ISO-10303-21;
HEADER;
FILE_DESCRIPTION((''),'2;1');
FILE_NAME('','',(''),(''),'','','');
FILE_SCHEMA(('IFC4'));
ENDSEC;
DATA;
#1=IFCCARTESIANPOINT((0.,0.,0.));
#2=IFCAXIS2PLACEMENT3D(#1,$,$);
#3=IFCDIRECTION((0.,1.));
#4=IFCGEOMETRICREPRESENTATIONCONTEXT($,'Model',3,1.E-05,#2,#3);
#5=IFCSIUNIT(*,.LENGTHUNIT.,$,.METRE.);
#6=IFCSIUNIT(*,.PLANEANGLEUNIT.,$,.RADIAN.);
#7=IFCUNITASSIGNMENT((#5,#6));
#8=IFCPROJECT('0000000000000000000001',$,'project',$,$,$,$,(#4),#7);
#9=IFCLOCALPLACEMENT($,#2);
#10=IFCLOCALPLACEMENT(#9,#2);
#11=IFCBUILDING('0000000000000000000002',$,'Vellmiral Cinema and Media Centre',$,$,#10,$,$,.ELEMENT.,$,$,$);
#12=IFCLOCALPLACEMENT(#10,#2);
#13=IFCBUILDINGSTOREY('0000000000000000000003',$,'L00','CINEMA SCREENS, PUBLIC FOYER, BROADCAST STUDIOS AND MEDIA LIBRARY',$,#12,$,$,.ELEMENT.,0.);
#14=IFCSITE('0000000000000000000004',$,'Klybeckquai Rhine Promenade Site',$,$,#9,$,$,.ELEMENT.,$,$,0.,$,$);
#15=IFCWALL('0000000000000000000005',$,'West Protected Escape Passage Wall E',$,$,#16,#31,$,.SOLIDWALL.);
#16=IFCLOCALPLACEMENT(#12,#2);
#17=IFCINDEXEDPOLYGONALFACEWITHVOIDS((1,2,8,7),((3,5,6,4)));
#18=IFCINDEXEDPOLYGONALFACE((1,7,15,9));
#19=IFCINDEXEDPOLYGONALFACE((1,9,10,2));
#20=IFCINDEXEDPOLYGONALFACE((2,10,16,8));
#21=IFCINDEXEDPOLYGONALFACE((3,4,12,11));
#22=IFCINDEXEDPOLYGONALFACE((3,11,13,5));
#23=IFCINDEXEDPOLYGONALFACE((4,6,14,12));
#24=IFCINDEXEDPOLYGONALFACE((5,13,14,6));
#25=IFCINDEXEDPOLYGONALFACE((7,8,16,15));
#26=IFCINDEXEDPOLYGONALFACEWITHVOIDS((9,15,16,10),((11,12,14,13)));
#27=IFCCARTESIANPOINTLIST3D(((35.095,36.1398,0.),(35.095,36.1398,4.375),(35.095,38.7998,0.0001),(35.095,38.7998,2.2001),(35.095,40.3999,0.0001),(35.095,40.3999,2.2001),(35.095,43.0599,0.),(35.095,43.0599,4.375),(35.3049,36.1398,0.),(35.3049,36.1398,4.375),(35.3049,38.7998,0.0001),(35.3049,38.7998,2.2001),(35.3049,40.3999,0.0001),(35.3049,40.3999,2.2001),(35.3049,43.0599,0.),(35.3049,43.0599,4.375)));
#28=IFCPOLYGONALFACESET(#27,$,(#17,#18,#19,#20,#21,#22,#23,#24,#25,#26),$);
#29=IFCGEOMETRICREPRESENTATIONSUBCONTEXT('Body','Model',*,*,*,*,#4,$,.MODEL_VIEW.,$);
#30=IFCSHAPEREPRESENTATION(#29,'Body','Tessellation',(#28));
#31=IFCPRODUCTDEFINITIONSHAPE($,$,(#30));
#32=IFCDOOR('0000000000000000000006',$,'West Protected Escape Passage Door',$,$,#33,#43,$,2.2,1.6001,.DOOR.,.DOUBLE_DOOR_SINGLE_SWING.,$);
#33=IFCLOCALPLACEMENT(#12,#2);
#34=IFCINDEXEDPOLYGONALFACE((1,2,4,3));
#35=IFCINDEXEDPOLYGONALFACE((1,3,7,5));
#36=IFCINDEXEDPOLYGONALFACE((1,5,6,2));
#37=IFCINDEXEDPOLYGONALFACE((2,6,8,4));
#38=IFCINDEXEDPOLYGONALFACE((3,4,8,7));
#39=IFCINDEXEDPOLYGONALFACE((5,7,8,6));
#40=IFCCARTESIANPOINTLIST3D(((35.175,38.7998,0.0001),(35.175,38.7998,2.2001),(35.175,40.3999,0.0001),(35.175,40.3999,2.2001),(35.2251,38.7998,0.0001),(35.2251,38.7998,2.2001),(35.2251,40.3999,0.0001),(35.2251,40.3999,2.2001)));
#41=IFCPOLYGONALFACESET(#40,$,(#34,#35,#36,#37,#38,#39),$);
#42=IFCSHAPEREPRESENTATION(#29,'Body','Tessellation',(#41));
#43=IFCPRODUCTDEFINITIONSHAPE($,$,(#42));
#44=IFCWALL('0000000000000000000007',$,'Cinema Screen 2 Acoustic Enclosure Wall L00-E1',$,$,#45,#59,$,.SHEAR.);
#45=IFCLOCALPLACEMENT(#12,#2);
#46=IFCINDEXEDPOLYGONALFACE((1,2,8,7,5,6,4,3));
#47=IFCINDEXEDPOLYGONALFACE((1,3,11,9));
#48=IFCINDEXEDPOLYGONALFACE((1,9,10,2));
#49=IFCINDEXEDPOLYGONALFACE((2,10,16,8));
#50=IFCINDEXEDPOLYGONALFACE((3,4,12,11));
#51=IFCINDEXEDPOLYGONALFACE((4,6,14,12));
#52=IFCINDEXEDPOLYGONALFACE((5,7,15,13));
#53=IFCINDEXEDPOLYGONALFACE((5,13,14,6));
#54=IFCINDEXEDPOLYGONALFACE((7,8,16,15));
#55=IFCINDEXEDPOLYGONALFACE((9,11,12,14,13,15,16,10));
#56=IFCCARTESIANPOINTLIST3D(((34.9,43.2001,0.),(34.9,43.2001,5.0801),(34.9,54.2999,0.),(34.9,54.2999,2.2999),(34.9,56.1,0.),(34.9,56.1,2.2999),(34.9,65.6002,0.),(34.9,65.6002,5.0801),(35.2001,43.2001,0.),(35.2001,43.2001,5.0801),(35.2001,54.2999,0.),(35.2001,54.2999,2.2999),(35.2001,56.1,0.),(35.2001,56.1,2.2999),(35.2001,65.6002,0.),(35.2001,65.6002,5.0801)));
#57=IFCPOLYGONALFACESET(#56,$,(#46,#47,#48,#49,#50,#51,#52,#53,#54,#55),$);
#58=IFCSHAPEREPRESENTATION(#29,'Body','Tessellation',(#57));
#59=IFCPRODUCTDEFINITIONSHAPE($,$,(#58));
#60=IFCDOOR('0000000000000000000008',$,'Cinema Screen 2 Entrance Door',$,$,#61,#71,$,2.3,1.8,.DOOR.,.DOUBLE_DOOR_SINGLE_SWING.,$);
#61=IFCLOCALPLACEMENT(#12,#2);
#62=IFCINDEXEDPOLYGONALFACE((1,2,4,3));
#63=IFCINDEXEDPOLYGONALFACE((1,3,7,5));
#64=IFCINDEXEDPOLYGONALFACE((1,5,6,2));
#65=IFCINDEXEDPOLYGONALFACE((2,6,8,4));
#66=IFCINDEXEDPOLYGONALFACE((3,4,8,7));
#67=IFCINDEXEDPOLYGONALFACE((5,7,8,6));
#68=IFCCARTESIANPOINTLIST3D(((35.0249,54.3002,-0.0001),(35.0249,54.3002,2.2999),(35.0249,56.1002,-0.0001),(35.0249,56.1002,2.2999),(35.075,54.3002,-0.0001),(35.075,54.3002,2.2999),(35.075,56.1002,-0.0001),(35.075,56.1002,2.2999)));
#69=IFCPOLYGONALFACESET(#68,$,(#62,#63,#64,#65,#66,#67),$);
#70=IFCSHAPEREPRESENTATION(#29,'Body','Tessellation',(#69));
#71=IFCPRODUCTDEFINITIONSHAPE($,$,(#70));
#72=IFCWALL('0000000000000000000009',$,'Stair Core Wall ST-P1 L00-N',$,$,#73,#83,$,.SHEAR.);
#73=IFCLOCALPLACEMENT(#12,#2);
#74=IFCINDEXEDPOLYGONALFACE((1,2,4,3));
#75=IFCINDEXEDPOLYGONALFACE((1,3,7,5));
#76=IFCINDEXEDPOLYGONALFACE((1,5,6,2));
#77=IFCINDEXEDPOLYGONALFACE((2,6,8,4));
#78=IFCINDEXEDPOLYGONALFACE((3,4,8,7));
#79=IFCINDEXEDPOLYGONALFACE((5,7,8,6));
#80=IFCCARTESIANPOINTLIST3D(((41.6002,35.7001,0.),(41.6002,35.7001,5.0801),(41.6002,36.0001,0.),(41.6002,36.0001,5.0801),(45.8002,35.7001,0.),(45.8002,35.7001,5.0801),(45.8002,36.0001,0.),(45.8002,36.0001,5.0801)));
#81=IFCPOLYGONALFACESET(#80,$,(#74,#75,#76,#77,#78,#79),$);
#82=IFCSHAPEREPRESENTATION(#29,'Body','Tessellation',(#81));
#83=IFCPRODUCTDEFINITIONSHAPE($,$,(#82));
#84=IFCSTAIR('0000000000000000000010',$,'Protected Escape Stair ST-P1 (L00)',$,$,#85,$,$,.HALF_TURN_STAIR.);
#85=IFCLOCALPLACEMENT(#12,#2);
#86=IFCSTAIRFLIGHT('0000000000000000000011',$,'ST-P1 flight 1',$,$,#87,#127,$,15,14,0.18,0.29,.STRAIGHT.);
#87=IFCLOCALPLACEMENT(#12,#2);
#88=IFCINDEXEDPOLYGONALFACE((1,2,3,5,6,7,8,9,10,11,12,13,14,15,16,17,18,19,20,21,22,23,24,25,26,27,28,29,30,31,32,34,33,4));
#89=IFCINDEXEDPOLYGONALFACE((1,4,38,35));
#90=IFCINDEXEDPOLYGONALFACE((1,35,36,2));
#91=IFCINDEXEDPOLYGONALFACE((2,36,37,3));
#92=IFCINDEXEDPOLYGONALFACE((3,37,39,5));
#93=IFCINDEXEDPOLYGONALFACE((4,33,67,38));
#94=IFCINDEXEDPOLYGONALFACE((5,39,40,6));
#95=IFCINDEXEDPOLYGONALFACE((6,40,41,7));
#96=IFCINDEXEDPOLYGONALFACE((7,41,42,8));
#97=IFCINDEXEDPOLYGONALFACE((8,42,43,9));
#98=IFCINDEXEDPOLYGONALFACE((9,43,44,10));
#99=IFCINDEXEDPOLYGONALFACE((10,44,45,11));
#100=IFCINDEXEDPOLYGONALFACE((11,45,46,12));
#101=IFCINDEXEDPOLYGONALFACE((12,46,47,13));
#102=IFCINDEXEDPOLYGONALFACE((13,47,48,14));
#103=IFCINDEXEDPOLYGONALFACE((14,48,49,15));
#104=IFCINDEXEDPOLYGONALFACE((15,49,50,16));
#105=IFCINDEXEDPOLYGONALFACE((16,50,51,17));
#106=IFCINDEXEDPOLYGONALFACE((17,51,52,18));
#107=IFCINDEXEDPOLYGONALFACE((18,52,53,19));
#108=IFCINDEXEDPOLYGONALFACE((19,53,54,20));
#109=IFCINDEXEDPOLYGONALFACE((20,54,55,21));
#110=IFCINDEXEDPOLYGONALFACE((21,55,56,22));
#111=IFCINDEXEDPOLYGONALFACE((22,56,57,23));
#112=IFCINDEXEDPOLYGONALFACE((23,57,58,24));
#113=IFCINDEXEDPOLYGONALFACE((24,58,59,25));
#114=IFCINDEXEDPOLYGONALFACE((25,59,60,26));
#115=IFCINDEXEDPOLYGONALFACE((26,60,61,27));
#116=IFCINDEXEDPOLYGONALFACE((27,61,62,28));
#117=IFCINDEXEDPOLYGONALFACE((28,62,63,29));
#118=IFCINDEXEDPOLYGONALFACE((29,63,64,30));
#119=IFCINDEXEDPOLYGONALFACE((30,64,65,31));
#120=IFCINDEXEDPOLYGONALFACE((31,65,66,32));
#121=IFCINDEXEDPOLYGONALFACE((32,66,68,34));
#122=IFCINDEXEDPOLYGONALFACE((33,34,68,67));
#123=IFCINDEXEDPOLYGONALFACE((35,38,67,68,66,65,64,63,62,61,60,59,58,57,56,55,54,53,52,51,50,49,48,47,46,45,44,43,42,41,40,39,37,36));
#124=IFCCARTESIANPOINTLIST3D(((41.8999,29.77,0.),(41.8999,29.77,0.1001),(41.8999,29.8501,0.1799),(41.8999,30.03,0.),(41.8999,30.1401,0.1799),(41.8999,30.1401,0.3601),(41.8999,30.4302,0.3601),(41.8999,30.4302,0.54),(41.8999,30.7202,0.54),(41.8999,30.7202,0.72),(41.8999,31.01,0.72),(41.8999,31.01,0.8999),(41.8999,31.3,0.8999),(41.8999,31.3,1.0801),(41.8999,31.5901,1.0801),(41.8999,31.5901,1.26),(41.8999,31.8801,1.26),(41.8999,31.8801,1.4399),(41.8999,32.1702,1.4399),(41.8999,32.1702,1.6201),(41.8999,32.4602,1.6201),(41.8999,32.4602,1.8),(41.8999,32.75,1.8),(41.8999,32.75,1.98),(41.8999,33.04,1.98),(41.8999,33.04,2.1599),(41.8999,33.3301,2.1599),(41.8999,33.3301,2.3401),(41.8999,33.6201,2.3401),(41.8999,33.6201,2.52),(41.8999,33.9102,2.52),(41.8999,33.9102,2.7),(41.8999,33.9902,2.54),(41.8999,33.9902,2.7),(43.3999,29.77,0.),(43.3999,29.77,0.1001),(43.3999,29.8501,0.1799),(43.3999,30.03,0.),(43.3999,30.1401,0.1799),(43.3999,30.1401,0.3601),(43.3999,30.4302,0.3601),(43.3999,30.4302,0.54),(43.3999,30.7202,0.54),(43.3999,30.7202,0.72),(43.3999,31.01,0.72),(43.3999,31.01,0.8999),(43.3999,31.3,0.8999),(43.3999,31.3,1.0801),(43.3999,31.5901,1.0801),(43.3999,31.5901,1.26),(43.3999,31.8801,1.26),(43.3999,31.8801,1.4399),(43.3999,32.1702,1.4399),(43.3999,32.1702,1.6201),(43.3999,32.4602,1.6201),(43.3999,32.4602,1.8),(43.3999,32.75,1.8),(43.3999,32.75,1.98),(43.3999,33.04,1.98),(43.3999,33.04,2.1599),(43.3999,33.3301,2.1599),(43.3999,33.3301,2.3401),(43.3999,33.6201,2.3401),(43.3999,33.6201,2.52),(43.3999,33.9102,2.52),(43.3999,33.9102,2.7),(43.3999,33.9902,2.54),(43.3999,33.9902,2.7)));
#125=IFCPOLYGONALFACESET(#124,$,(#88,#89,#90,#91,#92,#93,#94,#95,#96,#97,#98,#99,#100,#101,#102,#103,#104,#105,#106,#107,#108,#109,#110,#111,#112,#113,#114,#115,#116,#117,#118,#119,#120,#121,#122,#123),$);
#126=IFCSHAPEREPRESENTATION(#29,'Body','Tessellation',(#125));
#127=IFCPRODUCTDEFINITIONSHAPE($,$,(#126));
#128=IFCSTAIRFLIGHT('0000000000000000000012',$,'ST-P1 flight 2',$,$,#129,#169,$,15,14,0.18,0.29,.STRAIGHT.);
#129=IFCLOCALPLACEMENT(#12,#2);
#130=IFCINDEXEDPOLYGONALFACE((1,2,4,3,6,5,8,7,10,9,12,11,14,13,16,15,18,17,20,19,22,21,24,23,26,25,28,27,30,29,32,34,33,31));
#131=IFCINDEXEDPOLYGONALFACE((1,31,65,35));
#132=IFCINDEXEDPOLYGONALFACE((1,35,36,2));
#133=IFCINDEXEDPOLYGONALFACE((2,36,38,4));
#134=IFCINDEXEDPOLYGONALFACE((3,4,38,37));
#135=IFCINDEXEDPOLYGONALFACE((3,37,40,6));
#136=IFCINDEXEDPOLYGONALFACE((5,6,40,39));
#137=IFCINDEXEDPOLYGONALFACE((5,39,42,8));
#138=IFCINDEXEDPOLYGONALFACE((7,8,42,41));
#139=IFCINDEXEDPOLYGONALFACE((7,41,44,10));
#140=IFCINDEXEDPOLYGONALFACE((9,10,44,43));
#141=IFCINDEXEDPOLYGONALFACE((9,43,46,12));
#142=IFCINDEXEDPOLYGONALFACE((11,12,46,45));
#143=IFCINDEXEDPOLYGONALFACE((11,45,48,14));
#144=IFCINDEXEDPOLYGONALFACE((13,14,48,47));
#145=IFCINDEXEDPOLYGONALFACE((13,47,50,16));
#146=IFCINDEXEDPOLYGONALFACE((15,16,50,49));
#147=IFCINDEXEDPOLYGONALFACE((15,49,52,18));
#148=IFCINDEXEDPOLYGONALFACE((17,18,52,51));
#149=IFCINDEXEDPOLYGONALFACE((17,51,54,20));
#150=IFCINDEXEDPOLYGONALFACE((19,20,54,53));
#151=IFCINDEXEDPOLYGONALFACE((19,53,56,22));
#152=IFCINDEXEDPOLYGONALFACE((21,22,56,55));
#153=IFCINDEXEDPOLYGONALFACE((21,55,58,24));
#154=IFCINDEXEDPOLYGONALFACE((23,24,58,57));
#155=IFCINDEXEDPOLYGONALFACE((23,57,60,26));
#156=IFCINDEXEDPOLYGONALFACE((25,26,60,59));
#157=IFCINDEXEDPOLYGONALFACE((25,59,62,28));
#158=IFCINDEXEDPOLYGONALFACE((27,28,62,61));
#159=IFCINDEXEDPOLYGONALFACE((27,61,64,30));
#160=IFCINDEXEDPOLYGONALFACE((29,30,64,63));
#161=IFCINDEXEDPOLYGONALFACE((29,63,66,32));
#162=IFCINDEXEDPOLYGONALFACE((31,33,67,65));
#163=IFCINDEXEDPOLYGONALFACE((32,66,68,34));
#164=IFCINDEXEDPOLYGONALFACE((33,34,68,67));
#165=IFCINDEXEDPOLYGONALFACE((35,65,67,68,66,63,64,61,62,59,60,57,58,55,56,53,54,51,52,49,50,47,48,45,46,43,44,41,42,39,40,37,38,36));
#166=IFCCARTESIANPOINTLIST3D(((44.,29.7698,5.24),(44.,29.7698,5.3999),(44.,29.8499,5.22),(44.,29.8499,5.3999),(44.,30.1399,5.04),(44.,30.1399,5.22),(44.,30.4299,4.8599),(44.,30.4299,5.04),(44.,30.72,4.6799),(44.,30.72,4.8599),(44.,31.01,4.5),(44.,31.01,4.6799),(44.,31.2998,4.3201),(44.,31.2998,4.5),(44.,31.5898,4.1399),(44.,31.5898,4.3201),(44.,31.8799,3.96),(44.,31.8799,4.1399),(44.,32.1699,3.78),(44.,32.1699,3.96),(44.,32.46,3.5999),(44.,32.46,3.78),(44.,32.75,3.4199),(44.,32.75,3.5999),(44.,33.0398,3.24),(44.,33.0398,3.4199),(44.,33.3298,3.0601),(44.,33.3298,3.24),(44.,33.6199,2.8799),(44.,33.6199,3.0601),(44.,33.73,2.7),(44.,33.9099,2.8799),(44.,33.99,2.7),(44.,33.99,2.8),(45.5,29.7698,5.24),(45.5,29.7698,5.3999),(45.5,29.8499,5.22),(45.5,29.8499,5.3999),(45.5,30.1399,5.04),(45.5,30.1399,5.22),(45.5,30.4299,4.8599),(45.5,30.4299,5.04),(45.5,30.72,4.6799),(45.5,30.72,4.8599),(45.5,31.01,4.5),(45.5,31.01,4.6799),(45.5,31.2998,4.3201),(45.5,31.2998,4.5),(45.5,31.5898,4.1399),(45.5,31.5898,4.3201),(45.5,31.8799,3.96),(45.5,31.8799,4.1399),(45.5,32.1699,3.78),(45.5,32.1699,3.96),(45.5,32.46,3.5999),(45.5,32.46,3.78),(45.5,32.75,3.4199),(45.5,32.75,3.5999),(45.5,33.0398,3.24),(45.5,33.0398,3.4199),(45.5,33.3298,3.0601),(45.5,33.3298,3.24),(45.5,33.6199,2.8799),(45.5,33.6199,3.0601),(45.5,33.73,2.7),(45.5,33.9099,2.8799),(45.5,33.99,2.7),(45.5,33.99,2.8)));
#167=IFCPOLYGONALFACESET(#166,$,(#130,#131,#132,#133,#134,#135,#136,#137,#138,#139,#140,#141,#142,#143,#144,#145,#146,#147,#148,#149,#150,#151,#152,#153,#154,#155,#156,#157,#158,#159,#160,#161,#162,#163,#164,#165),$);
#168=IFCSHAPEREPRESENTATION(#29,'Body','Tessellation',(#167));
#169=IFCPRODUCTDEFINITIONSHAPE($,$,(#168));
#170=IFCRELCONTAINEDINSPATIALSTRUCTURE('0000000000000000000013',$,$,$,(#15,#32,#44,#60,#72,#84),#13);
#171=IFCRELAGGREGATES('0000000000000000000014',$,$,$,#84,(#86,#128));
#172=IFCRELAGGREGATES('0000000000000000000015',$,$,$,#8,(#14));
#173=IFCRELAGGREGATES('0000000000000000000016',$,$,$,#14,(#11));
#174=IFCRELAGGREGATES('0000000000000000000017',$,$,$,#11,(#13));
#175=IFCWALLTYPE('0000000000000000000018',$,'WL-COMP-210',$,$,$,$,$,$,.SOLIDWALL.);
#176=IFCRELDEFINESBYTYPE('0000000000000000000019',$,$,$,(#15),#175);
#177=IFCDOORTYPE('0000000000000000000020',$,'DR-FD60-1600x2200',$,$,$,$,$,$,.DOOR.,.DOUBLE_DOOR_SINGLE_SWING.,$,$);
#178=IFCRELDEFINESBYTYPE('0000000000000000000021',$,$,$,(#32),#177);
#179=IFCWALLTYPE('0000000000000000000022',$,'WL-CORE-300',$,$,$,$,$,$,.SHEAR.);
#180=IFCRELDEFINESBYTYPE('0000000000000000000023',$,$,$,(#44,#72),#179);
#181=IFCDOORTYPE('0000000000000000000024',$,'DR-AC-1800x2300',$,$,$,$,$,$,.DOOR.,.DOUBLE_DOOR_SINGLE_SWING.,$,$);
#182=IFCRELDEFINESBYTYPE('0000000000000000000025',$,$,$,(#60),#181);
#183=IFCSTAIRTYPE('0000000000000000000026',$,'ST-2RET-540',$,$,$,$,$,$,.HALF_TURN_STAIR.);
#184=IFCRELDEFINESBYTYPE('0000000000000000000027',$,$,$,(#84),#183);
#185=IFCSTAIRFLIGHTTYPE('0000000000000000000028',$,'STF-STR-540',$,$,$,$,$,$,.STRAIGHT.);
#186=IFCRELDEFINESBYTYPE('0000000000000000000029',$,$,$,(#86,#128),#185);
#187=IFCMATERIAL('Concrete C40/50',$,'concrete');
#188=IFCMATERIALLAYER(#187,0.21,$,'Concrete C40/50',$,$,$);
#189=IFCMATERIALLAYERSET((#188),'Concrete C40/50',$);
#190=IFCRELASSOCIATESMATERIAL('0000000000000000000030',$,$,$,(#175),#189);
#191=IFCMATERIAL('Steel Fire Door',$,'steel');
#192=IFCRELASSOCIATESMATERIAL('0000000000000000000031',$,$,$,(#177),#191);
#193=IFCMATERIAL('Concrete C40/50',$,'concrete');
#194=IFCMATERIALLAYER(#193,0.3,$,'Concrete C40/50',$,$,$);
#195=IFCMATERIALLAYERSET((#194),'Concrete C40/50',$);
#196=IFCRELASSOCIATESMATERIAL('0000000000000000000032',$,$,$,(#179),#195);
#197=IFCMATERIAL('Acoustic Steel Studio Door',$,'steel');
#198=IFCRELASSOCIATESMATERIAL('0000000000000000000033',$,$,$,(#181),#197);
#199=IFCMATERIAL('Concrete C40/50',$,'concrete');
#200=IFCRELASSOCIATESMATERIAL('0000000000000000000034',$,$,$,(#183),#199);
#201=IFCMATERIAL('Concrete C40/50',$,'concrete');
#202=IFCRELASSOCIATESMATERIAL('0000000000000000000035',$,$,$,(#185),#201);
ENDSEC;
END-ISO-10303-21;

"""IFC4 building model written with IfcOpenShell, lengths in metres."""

from ifc_helpers import new_model, si_unit, direction, frame, frame_2d, origin, place, context, subcontext, project, spatial, polyline, rectangle, outline, extrude, material, layer, layer_set, type_object, element, fill, aggregate, save


model = new_model("IFC4")

# Units and contexts
model_context = context("Model", 3, precision=1e-05, world=origin(), true_north=direction((0.0, 1.0)))
body_context = subcontext(model_context, "Body", "Model", "MODEL_VIEW")
ifc_project = project(units=[si_unit("LENGTHUNIT", "METRE"), si_unit("PLANEANGLEUNIT", "RADIAN")], contexts=[model_context])

# Site, building, storey
site_placement = place(None, origin())
site = spatial("IfcSite", under=ifc_project, at=site_placement, Name="Klybeckquai Rhine Promenade Site", CompositionType="ELEMENT", RefElevation=0.0)
building_placement = place(site_placement, origin())
building = spatial("IfcBuilding", under=site, at=building_placement, Name="Vellmiral Cinema and Media Centre", CompositionType="ELEMENT")
storey_placement = place(building_placement, origin())
storey = spatial("IfcBuildingStorey", under=building, at=storey_placement, Name="L00", Description="CINEMA SCREENS, PUBLIC FOYER, BROADCAST STUDIOS AND MEDIA LIBRARY", CompositionType="ELEMENT", Elevation=0.0)

# Walls, openings, doors
ifc_material_1 = material(Name="Concrete C40/50", Category="concrete")
ifc_layer_1 = layer(ifc_material_1, 0.21, Name="Concrete C40/50")
ifc_layer_set_1 = layer_set([ifc_layer_1], Name="Concrete C40/50")
wall_type_1 = type_object("IfcWallType", Name="WL-COMP-210", PredefinedType="SOLIDWALL", material=ifc_layer_set_1)
wall_1_placement = place(storey_placement, frame((35.2, 36.1399, 0.0), z_axis=(0.0, 0.0, 1.0), x_axis=(0.0, 1.0, 0.0)))
wall_1 = element("IfcWall", 1, at=wall_1_placement, inside=storey, type_object=wall_type_1, Name="West Protected Escape Passage Wall E", PredefinedType="SOLIDWALL", context=body_context, shape_type="SweptSolid", body=[
    extrude(rectangle(XDim=6.9202, YDim=0.21, at=frame_2d((3.46, 0.0))), origin(), (0.0, 0.0, 1.0), 4.375),
])
opening_1_placement = place(wall_1_placement, frame((2.6599, 0.0, 0.0)))
opening_1 = element("IfcOpeningElement", 2, at=opening_1_placement, cuts=wall_1, PredefinedType="OPENING", context=body_context, shape_type="SweptSolid", body=[
    extrude(rectangle(XDim=1.6001, YDim=2.2, at=frame_2d((0.8, 1.1001))), frame((0.0, 0.1169, 0.0), z_axis=(0.0, -1.0, 0.0), x_axis=(1.0, 0.0, 0.0)), (0.0, 0.0, 1.0), 0.2339),
])
ifc_material_2 = material(Name="Steel Fire Door", Category="steel")
door_type_1 = type_object("IfcDoorType", Name="DR-FD60-1600x2200", OperationType="DOUBLE_DOOR_SINGLE_SWING", PredefinedType="DOOR", material=ifc_material_2)
door_1_placement = place(opening_1_placement, origin())
door_1 = element("IfcDoor", 3, at=door_1_placement, inside=storey, type_object=door_type_1, Name="West Protected Escape Passage Door", OperationType="DOUBLE_DOOR_SINGLE_SWING", OverallHeight=2.2, OverallWidth=1.6001, PredefinedType="DOOR", context=body_context, shape_type="SweptSolid", body=[
    extrude(rectangle(XDim=1.6001, YDim=2.2, at=frame_2d((0.8, 1.1001))), frame((0.0, 0.0249, 0.0), z_axis=(0.0, -1.0, 0.0), x_axis=(1.0, 0.0, 0.0)), (0.0, 0.0, 1.0), 0.05),
])
fill(opening_1, door_1)
ifc_material_3 = material(Name="Concrete C40/50", Category="concrete")
ifc_layer_2 = layer(ifc_material_3, 0.3, Name="Concrete C40/50")
ifc_layer_set_2 = layer_set([ifc_layer_2], Name="Concrete C40/50")
wall_type_2 = type_object("IfcWallType", Name="WL-CORE-300", PredefinedType="SHEAR", material=ifc_layer_set_2)
wall_2_placement = place(storey_placement, frame((35.05, 43.2, 0.0), z_axis=(0.0, 0.0, 1.0), x_axis=(0.0, 1.0, 0.0)))
wall_2 = element("IfcWall", 4, at=wall_2_placement, inside=storey, type_object=wall_type_2, Name="Cinema Screen 2 Acoustic Enclosure Wall L00-E1", PredefinedType="SHEAR", context=body_context, shape_type="SweptSolid", body=[
    extrude(rectangle(XDim=22.4001, YDim=0.3, at=frame_2d((11.2002, 0.0))), origin(), (0.0, 0.0, 1.0), 5.0801),
])
opening_2_placement = place(wall_2_placement, frame((11.1001, 0.0, 0.0)))
opening_2 = element("IfcOpeningElement", 5, at=opening_2_placement, cuts=wall_2, PredefinedType="OPENING", context=body_context, shape_type="SweptSolid", body=[
    extrude(rectangle(XDim=1.8, YDim=2.3, at=frame_2d((0.8999, 1.1499))), frame((0.0, 0.1621, 0.0), z_axis=(0.0, -1.0, 0.0), x_axis=(1.0, 0.0, 0.0)), (0.0, 0.0, 1.0), 0.324),
])
ifc_material_4 = material(Name="Acoustic Steel Studio Door", Category="steel")
door_type_2 = type_object("IfcDoorType", Name="DR-AC-1800x2300", OperationType="DOUBLE_DOOR_SINGLE_SWING", PredefinedType="DOOR", material=ifc_material_4)
door_2_placement = place(opening_2_placement, frame((1.8, 0.0, 0.0), z_axis=(0.0, 0.0, 1.0), x_axis=(-1.0, 0.0, 0.0)))
door_2 = element("IfcDoor", 6, at=door_2_placement, inside=storey, type_object=door_type_2, Name="Cinema Screen 2 Entrance Door", OperationType="DOUBLE_DOOR_SINGLE_SWING", OverallHeight=2.3, OverallWidth=1.8, PredefinedType="DOOR", context=body_context, shape_type="SweptSolid", body=[
    extrude(rectangle(XDim=1.8, YDim=2.3, at=frame_2d((0.8999, 1.1499))), frame((0.0, 0.0249, 0.0), z_axis=(0.0, -1.0, 0.0), x_axis=(1.0, 0.0, 0.0)), (0.0, 0.0, 1.0), 0.05),
])
fill(opening_2, door_2)

# Wall
wall_3_placement = place(storey_placement, frame((41.6001, 35.8501, 0.0), z_axis=(0.0, 0.0, 1.0), x_axis=(1.0, 0.0, 0.0)))
element("IfcWall", 7, at=wall_3_placement, inside=storey, type_object=wall_type_2, Name="Stair Core Wall ST-P1 L00-N", PredefinedType="SHEAR", context=body_context, shape_type="SweptSolid", body=[
    extrude(rectangle(XDim=4.2, YDim=0.3, at=frame_2d((2.1001, 0.0))), origin(), (0.0, 0.0, 1.0), 5.0801),
])

# Stair, stair flights
ifc_material_5 = material(Name="Concrete C40/50", Category="concrete")
stair_type = type_object("IfcStairType", Name="ST-2RET-540", PredefinedType="HALF_TURN_STAIR", material=ifc_material_5)
stair_placement = place(storey_placement, origin())
stair = element("IfcStair", 8, at=stair_placement, inside=storey, type_object=stair_type, Name="Protected Escape Stair ST-P1 (L00)", PredefinedType="HALF_TURN_STAIR")
ifc_material_6 = material(Name="Concrete C40/50", Category="concrete")
stair_flight_type = type_object("IfcStairFlightType", Name="STF-STR-540", PredefinedType="STRAIGHT", material=ifc_material_6)
stair_flight_1_placement = place(storey_placement, frame((42.6499, 29.8501, 0.0), z_axis=(0.0, 0.0, 1.0), x_axis=(0.0, 1.0, 0.0)))
stair_flight_1 = element("IfcStairFlight", 9, at=stair_flight_1_placement, type_object=stair_flight_type, Name="ST-P1 flight 1", NumberOfRisers=15, NumberOfTreads=14, PredefinedType="STRAIGHT", RiserHeight=0.18, TreadLength=0.29, context=body_context, shape_type="SweptSolid", body=[
    extrude(outline(polyline([(-0.0801, 0.0), (-0.0801, 0.1001), (0.0, 0.1799), (0.29, 0.1799), (0.29, 0.3601), (0.5801, 0.3601), (0.5801, 0.54), (0.8701, 0.54), (0.8701, 0.72), (1.1599, 0.72), (1.1599, 0.8999), (1.45, 0.8999), (1.45, 1.0801), (1.74, 1.0801), (1.74, 1.26), (2.03, 1.26), (2.03, 1.4399), (2.3201, 1.4399), (2.3201, 1.6201), (2.6101, 1.6201), (2.6101, 1.8), (2.8999, 1.8), (2.8999, 1.98), (3.1899, 1.98), (3.1899, 2.1599), (3.48, 2.1599), (3.48, 2.3401), (3.77, 2.3401), (3.77, 2.52), (4.0601, 2.52), (4.0601, 2.7), (4.1401, 2.7), (4.1401, 2.54), (0.1799, 0.0), (-0.0801, 0.0)])), frame((0.0, 0.75, 0.0), z_axis=(0.0, -1.0, 0.0), x_axis=(1.0, 0.0, 0.0)), (0.0, 0.0, 1.0), 1.5),
])
stair_flight_2_placement = place(storey_placement, frame((44.75, 33.9099, 2.7), z_axis=(0.0, 0.0, 1.0), x_axis=(0.0, -1.0, 0.0)))
stair_flight_2 = element("IfcStairFlight", 10, at=stair_flight_2_placement, type_object=stair_flight_type, Name="ST-P1 flight 2", NumberOfRisers=15, NumberOfTreads=14, PredefinedType="STRAIGHT", RiserHeight=0.18, TreadLength=0.29, context=body_context, shape_type="SweptSolid", body=[
    extrude(outline(polyline([(-0.0801, 0.0), (-0.0801, 0.1001), (0.0, 0.1799), (0.29, 0.1799), (0.29, 0.3601), (0.5801, 0.3601), (0.5801, 0.54), (0.8701, 0.54), (0.8701, 0.72), (1.1599, 0.72), (1.1599, 0.8999), (1.45, 0.8999), (1.45, 1.0801), (1.74, 1.0801), (1.74, 1.26), (2.03, 1.26), (2.03, 1.4399), (2.3201, 1.4399), (2.3201, 1.6201), (2.6101, 1.6201), (2.6101, 1.8), (2.8999, 1.8), (2.8999, 1.98), (3.1899, 1.98), (3.1899, 2.1599), (3.48, 2.1599), (3.48, 2.3401), (3.77, 2.3401), (3.77, 2.52), (4.0601, 2.52), (4.0601, 2.7), (4.1401, 2.7), (4.1401, 2.54), (0.1799, 0.0), (-0.0801, 0.0)])), frame((0.0, 0.75, 0.0), z_axis=(0.0, -1.0, 0.0), x_axis=(1.0, 0.0, 0.0)), (0.0, 0.0, 1.0), 1.5),
])
aggregate(stair, [stair_flight_1, stair_flight_2])

save(model, "model.ifc")
